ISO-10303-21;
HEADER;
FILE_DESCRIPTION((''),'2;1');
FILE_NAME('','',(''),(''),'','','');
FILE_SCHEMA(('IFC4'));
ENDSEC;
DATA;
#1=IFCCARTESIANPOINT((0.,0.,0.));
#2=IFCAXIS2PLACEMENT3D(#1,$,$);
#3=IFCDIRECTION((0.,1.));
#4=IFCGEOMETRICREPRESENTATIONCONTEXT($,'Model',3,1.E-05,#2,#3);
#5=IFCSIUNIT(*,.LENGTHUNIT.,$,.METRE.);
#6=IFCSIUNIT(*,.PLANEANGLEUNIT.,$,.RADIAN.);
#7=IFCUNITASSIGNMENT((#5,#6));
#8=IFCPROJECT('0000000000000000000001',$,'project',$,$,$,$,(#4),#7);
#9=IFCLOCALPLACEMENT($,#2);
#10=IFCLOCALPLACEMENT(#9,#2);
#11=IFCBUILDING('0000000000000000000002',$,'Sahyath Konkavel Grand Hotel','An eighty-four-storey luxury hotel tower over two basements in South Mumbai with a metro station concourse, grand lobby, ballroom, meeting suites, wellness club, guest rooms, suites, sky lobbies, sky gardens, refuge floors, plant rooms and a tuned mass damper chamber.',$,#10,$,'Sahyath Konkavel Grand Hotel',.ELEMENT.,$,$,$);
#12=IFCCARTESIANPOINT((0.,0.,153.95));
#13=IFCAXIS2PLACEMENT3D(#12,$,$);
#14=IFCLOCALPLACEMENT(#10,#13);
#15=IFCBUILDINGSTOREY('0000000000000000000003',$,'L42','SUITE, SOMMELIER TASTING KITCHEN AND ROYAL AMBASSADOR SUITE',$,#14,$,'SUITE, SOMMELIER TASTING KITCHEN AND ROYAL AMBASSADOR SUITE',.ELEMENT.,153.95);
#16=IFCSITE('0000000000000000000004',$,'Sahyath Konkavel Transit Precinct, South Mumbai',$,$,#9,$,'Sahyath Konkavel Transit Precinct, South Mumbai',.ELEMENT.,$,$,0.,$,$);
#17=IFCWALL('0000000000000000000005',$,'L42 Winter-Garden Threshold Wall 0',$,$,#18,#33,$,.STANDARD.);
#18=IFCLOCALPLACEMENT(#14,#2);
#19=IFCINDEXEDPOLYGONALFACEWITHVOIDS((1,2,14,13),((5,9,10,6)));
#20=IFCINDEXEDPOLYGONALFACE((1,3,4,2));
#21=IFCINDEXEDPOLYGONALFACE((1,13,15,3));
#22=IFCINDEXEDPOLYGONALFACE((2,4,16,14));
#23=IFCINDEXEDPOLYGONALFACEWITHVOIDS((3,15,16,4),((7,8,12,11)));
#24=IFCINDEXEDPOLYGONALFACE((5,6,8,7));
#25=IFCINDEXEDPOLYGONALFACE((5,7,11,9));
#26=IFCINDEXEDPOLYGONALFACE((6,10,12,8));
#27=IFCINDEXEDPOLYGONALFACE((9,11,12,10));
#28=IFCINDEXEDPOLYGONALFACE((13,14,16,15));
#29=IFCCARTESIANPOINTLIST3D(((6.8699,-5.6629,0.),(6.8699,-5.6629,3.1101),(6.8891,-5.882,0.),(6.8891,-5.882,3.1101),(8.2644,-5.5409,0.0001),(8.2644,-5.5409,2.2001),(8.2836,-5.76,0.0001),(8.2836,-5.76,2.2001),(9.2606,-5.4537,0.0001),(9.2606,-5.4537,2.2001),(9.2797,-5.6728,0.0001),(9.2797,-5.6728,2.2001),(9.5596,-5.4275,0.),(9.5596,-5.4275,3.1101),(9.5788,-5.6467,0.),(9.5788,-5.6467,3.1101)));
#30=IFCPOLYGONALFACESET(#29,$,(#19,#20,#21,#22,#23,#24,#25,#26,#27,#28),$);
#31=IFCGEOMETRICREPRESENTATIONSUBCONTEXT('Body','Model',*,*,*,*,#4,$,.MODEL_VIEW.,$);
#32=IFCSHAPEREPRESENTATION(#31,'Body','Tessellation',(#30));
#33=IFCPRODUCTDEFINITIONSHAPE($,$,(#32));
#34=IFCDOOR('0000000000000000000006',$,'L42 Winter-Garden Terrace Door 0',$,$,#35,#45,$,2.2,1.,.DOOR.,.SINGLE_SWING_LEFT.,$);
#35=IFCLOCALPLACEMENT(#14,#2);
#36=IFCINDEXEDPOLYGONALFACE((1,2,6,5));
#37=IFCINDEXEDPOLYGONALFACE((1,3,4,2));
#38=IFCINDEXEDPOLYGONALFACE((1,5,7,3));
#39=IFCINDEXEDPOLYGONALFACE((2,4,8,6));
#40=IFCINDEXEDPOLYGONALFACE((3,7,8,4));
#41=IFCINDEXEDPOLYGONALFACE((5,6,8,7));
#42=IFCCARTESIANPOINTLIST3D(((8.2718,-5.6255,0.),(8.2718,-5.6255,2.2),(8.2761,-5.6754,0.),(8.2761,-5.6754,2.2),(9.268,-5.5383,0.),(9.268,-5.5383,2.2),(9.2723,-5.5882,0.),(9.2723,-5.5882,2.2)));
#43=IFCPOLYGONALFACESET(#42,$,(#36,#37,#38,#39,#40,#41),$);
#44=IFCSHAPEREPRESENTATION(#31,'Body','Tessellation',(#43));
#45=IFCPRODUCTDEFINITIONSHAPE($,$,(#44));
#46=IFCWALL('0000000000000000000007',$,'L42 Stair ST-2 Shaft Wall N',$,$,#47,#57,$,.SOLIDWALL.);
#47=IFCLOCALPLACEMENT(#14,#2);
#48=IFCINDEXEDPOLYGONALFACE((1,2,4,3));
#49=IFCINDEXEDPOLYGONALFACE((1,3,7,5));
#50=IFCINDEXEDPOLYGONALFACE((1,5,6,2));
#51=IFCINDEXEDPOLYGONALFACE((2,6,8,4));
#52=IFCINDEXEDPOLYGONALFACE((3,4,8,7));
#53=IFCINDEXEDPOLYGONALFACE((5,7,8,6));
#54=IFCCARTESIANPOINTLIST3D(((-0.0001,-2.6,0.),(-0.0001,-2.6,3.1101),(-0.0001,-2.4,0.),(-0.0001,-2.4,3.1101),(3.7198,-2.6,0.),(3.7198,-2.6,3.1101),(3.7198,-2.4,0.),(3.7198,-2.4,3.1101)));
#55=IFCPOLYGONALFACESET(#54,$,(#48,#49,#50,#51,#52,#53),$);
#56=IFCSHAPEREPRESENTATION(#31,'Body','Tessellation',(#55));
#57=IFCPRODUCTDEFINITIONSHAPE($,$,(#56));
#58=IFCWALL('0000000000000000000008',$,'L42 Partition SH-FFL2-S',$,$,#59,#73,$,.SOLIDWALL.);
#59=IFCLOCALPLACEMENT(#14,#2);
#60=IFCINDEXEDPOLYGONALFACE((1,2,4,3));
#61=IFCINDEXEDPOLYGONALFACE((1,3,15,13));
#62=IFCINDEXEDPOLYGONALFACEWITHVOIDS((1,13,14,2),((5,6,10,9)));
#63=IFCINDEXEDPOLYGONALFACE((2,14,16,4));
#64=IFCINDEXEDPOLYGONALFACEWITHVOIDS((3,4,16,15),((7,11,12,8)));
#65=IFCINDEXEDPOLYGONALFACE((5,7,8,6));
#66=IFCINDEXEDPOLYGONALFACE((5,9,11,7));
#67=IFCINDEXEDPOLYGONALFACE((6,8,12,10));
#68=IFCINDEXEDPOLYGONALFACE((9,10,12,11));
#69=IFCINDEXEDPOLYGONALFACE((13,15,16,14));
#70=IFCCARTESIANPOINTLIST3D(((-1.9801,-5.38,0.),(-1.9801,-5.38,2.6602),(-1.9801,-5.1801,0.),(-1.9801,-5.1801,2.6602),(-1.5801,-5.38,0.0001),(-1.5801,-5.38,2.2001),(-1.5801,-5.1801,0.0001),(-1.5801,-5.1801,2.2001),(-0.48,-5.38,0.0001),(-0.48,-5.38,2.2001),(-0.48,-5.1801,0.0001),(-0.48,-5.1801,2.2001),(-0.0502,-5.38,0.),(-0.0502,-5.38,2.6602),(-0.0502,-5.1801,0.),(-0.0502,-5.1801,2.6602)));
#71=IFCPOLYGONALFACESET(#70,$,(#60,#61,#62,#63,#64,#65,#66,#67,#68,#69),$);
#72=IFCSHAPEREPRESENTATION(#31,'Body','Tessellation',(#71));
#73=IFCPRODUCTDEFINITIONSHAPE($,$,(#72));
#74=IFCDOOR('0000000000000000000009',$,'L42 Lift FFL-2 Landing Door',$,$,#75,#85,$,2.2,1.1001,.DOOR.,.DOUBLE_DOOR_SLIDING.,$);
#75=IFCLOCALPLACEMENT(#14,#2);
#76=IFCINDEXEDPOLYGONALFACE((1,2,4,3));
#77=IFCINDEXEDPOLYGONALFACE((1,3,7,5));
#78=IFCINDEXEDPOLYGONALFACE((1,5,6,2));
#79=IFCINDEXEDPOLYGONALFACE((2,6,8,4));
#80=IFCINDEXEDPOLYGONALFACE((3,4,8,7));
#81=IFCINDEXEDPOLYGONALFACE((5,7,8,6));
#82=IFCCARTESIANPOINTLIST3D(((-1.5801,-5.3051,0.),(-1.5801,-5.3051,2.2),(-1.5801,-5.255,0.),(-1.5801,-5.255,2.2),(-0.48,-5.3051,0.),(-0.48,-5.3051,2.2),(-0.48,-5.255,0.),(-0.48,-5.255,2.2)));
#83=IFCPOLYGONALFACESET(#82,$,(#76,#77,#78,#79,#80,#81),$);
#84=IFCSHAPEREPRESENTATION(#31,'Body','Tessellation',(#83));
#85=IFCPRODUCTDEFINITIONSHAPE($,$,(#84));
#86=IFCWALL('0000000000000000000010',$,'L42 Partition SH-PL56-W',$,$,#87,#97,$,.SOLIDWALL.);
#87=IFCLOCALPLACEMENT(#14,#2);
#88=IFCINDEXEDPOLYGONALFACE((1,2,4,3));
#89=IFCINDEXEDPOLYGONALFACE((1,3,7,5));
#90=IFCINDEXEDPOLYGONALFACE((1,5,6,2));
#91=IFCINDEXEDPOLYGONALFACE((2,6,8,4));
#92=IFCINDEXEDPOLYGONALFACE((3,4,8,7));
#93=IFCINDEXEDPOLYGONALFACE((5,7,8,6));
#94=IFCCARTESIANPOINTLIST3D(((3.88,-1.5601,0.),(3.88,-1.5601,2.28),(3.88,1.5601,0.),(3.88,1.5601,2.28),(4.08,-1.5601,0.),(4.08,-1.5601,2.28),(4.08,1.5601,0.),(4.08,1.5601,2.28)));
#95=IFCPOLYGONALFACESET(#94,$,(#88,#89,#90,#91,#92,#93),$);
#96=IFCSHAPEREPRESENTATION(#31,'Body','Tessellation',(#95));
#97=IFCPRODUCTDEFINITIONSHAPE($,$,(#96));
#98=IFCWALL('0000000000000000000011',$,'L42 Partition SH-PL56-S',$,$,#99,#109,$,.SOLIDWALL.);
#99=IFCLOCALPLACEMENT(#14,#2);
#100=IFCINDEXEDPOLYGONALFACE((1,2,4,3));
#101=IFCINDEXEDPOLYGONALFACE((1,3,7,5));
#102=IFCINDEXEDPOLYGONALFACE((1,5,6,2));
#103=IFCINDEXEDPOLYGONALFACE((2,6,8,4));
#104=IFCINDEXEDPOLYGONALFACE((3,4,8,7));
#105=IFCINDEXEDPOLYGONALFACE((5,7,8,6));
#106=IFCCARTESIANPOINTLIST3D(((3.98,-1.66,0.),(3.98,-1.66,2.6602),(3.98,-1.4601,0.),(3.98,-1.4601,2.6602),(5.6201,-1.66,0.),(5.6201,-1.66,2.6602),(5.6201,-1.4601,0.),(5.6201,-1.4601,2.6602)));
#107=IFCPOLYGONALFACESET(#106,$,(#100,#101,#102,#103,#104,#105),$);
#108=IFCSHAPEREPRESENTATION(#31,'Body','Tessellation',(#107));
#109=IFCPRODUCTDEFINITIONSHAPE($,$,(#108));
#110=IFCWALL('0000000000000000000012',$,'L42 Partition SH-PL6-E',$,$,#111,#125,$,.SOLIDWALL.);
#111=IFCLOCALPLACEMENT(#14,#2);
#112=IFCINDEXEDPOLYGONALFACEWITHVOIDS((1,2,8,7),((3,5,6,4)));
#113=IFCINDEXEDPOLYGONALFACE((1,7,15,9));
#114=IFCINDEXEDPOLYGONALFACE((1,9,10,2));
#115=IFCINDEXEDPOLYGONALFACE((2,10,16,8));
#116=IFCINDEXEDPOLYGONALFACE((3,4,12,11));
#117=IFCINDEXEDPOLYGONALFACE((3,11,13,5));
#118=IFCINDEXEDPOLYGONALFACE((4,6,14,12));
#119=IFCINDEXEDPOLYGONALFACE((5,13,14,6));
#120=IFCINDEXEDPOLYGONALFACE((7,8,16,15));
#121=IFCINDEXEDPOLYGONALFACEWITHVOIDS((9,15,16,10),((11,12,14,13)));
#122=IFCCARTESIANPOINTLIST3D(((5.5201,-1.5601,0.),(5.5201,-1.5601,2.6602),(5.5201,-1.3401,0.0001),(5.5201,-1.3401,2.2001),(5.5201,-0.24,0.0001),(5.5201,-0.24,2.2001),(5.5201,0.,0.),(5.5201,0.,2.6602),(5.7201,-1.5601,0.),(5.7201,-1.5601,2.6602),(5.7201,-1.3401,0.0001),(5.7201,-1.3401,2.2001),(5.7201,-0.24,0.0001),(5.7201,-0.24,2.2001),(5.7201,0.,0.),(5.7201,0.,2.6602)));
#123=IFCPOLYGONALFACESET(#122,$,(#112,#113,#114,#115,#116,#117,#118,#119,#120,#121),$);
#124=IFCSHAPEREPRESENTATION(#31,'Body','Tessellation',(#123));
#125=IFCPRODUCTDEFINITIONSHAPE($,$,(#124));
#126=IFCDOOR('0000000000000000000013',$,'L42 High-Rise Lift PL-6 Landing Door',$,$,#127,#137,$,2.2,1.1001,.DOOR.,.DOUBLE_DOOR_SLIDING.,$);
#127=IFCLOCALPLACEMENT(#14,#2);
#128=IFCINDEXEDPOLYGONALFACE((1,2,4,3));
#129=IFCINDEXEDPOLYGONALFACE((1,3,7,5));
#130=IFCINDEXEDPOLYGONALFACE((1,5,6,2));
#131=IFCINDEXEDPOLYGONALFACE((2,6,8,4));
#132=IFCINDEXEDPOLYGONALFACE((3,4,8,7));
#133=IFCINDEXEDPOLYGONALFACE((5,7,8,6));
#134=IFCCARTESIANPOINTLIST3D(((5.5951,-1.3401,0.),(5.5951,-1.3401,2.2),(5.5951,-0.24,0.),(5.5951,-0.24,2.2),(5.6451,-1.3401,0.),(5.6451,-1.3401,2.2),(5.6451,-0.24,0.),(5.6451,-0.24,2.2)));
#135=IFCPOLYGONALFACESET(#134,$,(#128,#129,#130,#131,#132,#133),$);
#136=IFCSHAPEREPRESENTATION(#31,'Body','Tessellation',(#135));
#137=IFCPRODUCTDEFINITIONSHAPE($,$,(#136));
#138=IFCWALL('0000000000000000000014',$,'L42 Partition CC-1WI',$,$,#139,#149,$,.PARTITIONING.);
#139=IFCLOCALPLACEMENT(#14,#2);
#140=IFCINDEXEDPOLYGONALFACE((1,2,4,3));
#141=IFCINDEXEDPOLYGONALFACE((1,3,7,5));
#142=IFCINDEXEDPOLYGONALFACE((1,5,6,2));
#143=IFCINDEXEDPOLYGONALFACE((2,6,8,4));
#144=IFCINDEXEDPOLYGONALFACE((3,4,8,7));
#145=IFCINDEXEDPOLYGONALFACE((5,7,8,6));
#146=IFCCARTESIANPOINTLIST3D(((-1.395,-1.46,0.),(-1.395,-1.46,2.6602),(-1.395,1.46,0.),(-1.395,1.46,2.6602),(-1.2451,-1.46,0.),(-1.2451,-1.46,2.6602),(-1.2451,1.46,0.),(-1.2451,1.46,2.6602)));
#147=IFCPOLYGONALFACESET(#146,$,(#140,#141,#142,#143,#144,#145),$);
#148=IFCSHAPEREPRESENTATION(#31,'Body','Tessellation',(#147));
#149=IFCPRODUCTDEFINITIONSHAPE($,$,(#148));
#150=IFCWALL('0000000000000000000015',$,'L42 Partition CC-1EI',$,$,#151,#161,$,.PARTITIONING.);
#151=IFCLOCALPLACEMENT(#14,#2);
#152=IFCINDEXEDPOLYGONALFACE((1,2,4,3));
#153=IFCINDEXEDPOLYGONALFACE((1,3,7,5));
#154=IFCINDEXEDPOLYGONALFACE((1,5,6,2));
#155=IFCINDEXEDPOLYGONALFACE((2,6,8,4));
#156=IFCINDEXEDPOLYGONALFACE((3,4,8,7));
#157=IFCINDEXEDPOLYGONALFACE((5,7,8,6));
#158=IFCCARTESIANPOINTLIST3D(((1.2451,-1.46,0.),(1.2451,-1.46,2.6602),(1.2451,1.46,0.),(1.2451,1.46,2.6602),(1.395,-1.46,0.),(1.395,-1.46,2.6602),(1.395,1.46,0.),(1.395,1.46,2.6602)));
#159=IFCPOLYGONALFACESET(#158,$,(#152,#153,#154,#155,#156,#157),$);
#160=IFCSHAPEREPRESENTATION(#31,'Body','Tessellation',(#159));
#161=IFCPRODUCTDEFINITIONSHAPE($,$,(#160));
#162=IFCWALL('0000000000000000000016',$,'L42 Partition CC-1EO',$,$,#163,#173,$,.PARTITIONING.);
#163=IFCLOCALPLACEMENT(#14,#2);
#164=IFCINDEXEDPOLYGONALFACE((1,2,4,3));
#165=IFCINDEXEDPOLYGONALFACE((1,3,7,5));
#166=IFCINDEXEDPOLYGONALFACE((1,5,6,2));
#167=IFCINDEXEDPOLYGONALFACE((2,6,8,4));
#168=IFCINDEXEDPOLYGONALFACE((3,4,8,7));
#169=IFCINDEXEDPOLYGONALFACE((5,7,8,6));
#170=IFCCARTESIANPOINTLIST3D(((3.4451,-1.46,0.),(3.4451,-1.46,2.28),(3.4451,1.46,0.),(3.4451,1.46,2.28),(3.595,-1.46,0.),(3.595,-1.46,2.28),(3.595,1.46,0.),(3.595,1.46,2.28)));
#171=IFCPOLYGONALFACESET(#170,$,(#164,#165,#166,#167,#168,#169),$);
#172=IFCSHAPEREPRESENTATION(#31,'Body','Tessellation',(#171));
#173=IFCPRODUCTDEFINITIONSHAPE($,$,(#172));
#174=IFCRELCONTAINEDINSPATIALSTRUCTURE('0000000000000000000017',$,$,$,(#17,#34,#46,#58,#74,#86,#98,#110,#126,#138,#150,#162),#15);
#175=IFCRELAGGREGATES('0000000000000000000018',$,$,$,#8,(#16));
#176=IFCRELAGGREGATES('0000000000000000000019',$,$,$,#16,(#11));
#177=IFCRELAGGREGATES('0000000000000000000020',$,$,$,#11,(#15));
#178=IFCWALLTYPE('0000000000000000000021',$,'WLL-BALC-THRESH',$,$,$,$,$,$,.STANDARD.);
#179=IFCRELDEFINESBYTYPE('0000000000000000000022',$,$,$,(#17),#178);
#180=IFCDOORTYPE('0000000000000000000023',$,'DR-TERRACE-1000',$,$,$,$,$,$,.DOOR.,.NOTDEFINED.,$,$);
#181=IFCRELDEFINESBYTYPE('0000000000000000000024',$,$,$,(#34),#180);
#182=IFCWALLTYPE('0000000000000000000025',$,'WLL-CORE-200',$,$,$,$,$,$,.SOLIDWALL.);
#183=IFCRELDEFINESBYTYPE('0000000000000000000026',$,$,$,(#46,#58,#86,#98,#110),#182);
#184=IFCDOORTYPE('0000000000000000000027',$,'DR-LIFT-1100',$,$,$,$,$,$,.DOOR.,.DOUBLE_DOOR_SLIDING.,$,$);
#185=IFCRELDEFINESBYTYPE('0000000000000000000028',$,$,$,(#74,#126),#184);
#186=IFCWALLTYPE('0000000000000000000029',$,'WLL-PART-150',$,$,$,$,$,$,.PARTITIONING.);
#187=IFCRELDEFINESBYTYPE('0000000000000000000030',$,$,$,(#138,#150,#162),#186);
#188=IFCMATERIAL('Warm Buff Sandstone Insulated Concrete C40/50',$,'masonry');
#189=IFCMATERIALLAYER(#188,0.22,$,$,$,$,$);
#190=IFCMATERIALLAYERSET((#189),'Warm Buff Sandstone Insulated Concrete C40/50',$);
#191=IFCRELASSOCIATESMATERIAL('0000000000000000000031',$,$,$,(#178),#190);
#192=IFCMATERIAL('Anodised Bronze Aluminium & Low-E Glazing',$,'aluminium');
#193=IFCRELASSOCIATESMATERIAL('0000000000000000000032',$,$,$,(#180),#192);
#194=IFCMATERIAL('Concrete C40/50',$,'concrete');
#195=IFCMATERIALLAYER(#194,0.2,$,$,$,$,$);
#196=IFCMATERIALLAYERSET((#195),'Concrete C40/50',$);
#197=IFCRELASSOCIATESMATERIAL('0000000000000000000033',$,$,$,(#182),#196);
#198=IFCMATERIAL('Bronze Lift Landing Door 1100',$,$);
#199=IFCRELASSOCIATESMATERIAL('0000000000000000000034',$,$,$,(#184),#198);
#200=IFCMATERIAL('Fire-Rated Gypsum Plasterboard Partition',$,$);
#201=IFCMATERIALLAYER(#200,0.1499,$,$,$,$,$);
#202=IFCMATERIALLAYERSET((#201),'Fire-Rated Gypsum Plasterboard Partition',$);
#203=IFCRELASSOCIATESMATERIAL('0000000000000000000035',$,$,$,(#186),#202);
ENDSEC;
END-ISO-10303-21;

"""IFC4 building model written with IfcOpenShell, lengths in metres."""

from ifc_helpers import new_model, si_unit, direction, frame, frame_2d, origin, origin_2d, place, context, subcontext, project, spatial, rectangle, extrude, source, transform, mapped, material, layer, layer_set, type_object, element, fill, save


model = new_model("IFC4")

# Units and contexts
model_context = context("Model", 3, precision=1e-05, world=origin(), true_north=direction((0.0, 1.0)))
body_context = subcontext(model_context, "Body", "Model", "MODEL_VIEW")
ifc_project = project(units=[si_unit("LENGTHUNIT", "METRE"), si_unit("PLANEANGLEUNIT", "RADIAN")], contexts=[model_context])

# Site, building, storey
site_placement = place(None, origin())
site = spatial("IfcSite", under=ifc_project, at=site_placement, Name="Sahyath Konkavel Transit Precinct, South Mumbai", LongName="Sahyath Konkavel Transit Precinct, South Mumbai", CompositionType="ELEMENT", RefElevation=0.0)
building_placement = place(site_placement, origin())
building = spatial("IfcBuilding", under=site, at=building_placement, Name="Sahyath Konkavel Grand Hotel", Description="An eighty-four-storey luxury hotel tower over two basements in South Mumbai with a metro station concourse, grand lobby, ballroom, meeting suites, wellness club, guest rooms, suites, sky lobbies, sky gardens, refuge floors, plant rooms and a tuned mass damper chamber.", LongName="Sahyath Konkavel Grand Hotel", CompositionType="ELEMENT")
storey_placement = place(building_placement, frame((0.0, 0.0, 153.95)))
storey = spatial("IfcBuildingStorey", under=building, at=storey_placement, Name="L42", Description="SUITE, SOMMELIER TASTING KITCHEN AND ROYAL AMBASSADOR SUITE", LongName="SUITE, SOMMELIER TASTING KITCHEN AND ROYAL AMBASSADOR SUITE", CompositionType="ELEMENT", Elevation=153.95)

# Wall, opening, door
ifc_material_1 = material(Name="Warm Buff Sandstone Insulated Concrete C40/50", Category="masonry")
ifc_layer_1 = layer(ifc_material_1, 0.22)
ifc_layer_set_1 = layer_set([ifc_layer_1], Name="Warm Buff Sandstone Insulated Concrete C40/50")
wall_type_1 = type_object("IfcWallType", Name="WLL-BALC-THRESH", PredefinedType="STANDARD", material=ifc_layer_set_1)
wall_1_placement = place(storey_placement, frame((6.8794, -5.7725, 0.0), z_axis=(0.0, 0.0, 1.0), x_axis=(0.996194, 0.087168, 0.0)))
wall_1 = element("IfcWall", 1, at=wall_1_placement, inside=storey, type_object=wall_type_1, Name="L42 Winter-Garden Threshold Wall 0", PredefinedType="STANDARD", context=body_context, shape_type="SweptSolid", body=[
    extrude(rectangle(XDim=2.7, YDim=0.22, at=frame_2d((1.3501, 0.0))), origin(), (0.0, 0.0, 1.0), 3.1101),
])
opening_1_placement = place(wall_1_placement, frame((1.3999, 0.0, 0.0)))
opening_1 = element("IfcOpeningElement", 2, at=opening_1_placement, cuts=wall_1, PredefinedType="OPENING", context=body_context, shape_type="SweptSolid", body=[
    extrude(rectangle(XDim=1.0, YDim=2.2, at=frame_2d((0.5, 1.1001))), frame((0.0, 0.1201, 0.0), z_axis=(0.0, -1.0, 0.0), x_axis=(1.0, 0.0, 0.0)), (0.0, 0.0, 1.0), 0.24),
])
ifc_material_2 = material(Name="Anodised Bronze Aluminium & Low-E Glazing", Category="aluminium")
door_type_1 = type_object("IfcDoorType", Name="DR-TERRACE-1000", OperationType="NOTDEFINED", PredefinedType="DOOR", material=ifc_material_2)
shared_shape_1 = source(origin(), body_context, "Body", "SweptSolid", [
    extrude(rectangle(XDim=1.0, YDim=0.05, at=origin_2d()), origin(), (0.0, 0.0, 1.0), 2.2),
])
door_1_placement = place(opening_1_placement, frame((0.5, 0.0, 0.0)))
door_1 = element("IfcDoor", 3, at=door_1_placement, inside=storey, type_object=door_type_1, Name="L42 Winter-Garden Terrace Door 0", OperationType="SINGLE_SWING_LEFT", OverallHeight=2.2, OverallWidth=1.0, PredefinedType="DOOR", context=body_context, shape_type="MappedRepresentation", body=[
    mapped(shared_shape_1, transform((0.0, 0.0, 0.0), scale=1.0)),
])
fill(opening_1, door_1)

# Wall
ifc_material_3 = material(Name="Concrete C40/50", Category="concrete")
ifc_layer_2 = layer(ifc_material_3, 0.2)
ifc_layer_set_2 = layer_set([ifc_layer_2], Name="Concrete C40/50")
wall_type_2 = type_object("IfcWallType", Name="WLL-CORE-200", PredefinedType="SOLIDWALL", material=ifc_layer_set_2)
wall_2_placement = place(storey_placement, frame((0.0, -2.5, 0.0), z_axis=(0.0, 0.0, 1.0), x_axis=(1.0, 0.0, 0.0)))
element("IfcWall", 4, at=wall_2_placement, inside=storey, type_object=wall_type_2, Name="L42 Stair ST-2 Shaft Wall N", PredefinedType="SOLIDWALL", context=body_context, shape_type="SweptSolid", body=[
    extrude(rectangle(XDim=3.72, YDim=0.2, at=frame_2d((1.8599, 0.0))), origin(), (0.0, 0.0, 1.0), 3.1101),
])

# Wall, opening, door
wall_3_placement = place(storey_placement, frame((-1.98, -5.28, 0.0), z_axis=(0.0, 0.0, 1.0), x_axis=(1.0, 0.0, 0.0)))
wall_3 = element("IfcWall", 5, at=wall_3_placement, inside=storey, type_object=wall_type_2, Name="L42 Partition SH-FFL2-S", PredefinedType="SOLIDWALL", context=body_context, shape_type="SweptSolid", body=[
    extrude(rectangle(XDim=1.9299, YDim=0.2, at=frame_2d((0.9648, 0.0))), origin(), (0.0, 0.0, 1.0), 2.6602),
])
opening_2_placement = place(wall_3_placement, frame((0.3999, 0.0, 0.0)))
opening_2 = element("IfcOpeningElement", 6, at=opening_2_placement, cuts=wall_3, PredefinedType="OPENING", context=body_context, shape_type="SweptSolid", body=[
    extrude(rectangle(XDim=1.1001, YDim=2.2, at=frame_2d((0.55, 1.1001))), frame((0.0, 0.1099, 0.0), z_axis=(0.0, -1.0, 0.0), x_axis=(1.0, 0.0, 0.0)), (0.0, 0.0, 1.0), 0.22),
])
ifc_material_4 = material(Name="Bronze Lift Landing Door 1100")
door_type_2 = type_object("IfcDoorType", Name="DR-LIFT-1100", OperationType="DOUBLE_DOOR_SLIDING", PredefinedType="DOOR", material=ifc_material_4)
shared_shape_2 = source(origin(), body_context, "Body", "SweptSolid", [
    extrude(rectangle(XDim=1.1001, YDim=0.05, at=origin_2d()), origin(), (0.0, 0.0, 1.0), 2.2),
])
door_2_placement = place(opening_2_placement, frame((0.55, 0.0, 0.0)))
door_2 = element("IfcDoor", 7, at=door_2_placement, inside=storey, type_object=door_type_2, Name="L42 Lift FFL-2 Landing Door", OperationType="DOUBLE_DOOR_SLIDING", OverallHeight=2.2, OverallWidth=1.1001, PredefinedType="DOOR", context=body_context, shape_type="MappedRepresentation", body=[
    mapped(shared_shape_2, transform((0.0, 0.0, 0.0), scale=1.0)),
])
fill(opening_2, door_2)

# Walls
wall_4_placement = place(storey_placement, frame((3.98, -1.5601, 0.0), z_axis=(0.0, 0.0, 1.0), x_axis=(0.0, 1.0, 0.0)))
element("IfcWall", 8, at=wall_4_placement, inside=storey, type_object=wall_type_2, Name="L42 Partition SH-PL56-W", PredefinedType="SOLIDWALL", context=body_context, shape_type="SweptSolid", body=[
    extrude(rectangle(XDim=3.1201, YDim=0.2, at=frame_2d((1.5601, 0.0))), origin(), (0.0, 0.0, 1.0), 2.28),
])
wall_5_placement = place(storey_placement, frame((3.98, -1.5601, 0.0), z_axis=(0.0, 0.0, 1.0), x_axis=(1.0, 0.0, 0.0)))
element("IfcWall", 9, at=wall_5_placement, inside=storey, type_object=wall_type_2, Name="L42 Partition SH-PL56-S", PredefinedType="SOLIDWALL", context=body_context, shape_type="SweptSolid", body=[
    extrude(rectangle(XDim=1.6401, YDim=0.2, at=frame_2d((0.8201, 0.0))), origin(), (0.0, 0.0, 1.0), 2.6602),
])

# Wall, opening, door
wall_6_placement = place(storey_placement, frame((5.6201, -1.5601, 0.0), z_axis=(0.0, 0.0, 1.0), x_axis=(0.0, 1.0, 0.0)))
wall_6 = element("IfcWall", 10, at=wall_6_placement, inside=storey, type_object=wall_type_2, Name="L42 Partition SH-PL6-E", PredefinedType="SOLIDWALL", context=body_context, shape_type="SweptSolid", body=[
    extrude(rectangle(XDim=1.5601, YDim=0.2, at=frame_2d((0.78, 0.0))), origin(), (0.0, 0.0, 1.0), 2.6602),
])
opening_3_placement = place(wall_6_placement, frame((0.22, 0.0, 0.0)))
opening_3 = element("IfcOpeningElement", 11, at=opening_3_placement, cuts=wall_6, PredefinedType="OPENING", context=body_context, shape_type="SweptSolid", body=[
    extrude(rectangle(XDim=1.1001, YDim=2.2, at=frame_2d((0.55, 1.1001))), frame((0.0, 0.1099, 0.0), z_axis=(0.0, -1.0, 0.0), x_axis=(1.0, 0.0, 0.0)), (0.0, 0.0, 1.0), 0.22),
])
door_3_placement = place(opening_3_placement, frame((0.55, 0.0, 0.0)))
door_3 = element("IfcDoor", 12, at=door_3_placement, inside=storey, type_object=door_type_2, Name="L42 High-Rise Lift PL-6 Landing Door", OperationType="DOUBLE_DOOR_SLIDING", OverallHeight=2.2, OverallWidth=1.1001, PredefinedType="DOOR", context=body_context, shape_type="MappedRepresentation", body=[
    mapped(shared_shape_2, transform((0.0, 0.0, 0.0), scale=1.0)),
])
fill(opening_3, door_3)

# Walls
ifc_material_5 = material(Name="Fire-Rated Gypsum Plasterboard Partition")
ifc_layer_3 = layer(ifc_material_5, 0.1499)
ifc_layer_set_3 = layer_set([ifc_layer_3], Name="Fire-Rated Gypsum Plasterboard Partition")
wall_type_3 = type_object("IfcWallType", Name="WLL-PART-150", PredefinedType="PARTITIONING", material=ifc_layer_set_3)
for number, where, z_axis, x_axis, name in (
    (13, (-1.3201, -1.46, 0.0), (0.0, 0.0, 1.0), (0.0, 1.0, 0.0), "L42 Partition CC-1WI"),
    (14, (1.3201, -1.46, 0.0), (0.0, 0.0, 1.0), (0.0, 1.0, 0.0), "L42 Partition CC-1EI"),
):
    element("IfcWall", number, at=place(storey_placement, frame(where, z_axis=z_axis, x_axis=x_axis)), inside=storey, type_object=wall_type_3, Name=name, PredefinedType="PARTITIONING", context=body_context, shape_type="SweptSolid", body=[
        extrude(rectangle(XDim=2.9199, YDim=0.1499, at=frame_2d((1.46, 0.0))), origin(), (0.0, 0.0, 1.0), 2.6602),
    ])
wall_7_placement = place(storey_placement, frame((3.52, -1.46, 0.0), z_axis=(0.0, 0.0, 1.0), x_axis=(0.0, 1.0, 0.0)))
element("IfcWall", 15, at=wall_7_placement, inside=storey, type_object=wall_type_3, Name="L42 Partition CC-1EO", PredefinedType="PARTITIONING", context=body_context, shape_type="SweptSolid", body=[
    extrude(rectangle(XDim=2.9199, YDim=0.1499, at=frame_2d((1.46, 0.0))), origin(), (0.0, 0.0, 1.0), 2.28),
])

save(model, "model.ifc")
